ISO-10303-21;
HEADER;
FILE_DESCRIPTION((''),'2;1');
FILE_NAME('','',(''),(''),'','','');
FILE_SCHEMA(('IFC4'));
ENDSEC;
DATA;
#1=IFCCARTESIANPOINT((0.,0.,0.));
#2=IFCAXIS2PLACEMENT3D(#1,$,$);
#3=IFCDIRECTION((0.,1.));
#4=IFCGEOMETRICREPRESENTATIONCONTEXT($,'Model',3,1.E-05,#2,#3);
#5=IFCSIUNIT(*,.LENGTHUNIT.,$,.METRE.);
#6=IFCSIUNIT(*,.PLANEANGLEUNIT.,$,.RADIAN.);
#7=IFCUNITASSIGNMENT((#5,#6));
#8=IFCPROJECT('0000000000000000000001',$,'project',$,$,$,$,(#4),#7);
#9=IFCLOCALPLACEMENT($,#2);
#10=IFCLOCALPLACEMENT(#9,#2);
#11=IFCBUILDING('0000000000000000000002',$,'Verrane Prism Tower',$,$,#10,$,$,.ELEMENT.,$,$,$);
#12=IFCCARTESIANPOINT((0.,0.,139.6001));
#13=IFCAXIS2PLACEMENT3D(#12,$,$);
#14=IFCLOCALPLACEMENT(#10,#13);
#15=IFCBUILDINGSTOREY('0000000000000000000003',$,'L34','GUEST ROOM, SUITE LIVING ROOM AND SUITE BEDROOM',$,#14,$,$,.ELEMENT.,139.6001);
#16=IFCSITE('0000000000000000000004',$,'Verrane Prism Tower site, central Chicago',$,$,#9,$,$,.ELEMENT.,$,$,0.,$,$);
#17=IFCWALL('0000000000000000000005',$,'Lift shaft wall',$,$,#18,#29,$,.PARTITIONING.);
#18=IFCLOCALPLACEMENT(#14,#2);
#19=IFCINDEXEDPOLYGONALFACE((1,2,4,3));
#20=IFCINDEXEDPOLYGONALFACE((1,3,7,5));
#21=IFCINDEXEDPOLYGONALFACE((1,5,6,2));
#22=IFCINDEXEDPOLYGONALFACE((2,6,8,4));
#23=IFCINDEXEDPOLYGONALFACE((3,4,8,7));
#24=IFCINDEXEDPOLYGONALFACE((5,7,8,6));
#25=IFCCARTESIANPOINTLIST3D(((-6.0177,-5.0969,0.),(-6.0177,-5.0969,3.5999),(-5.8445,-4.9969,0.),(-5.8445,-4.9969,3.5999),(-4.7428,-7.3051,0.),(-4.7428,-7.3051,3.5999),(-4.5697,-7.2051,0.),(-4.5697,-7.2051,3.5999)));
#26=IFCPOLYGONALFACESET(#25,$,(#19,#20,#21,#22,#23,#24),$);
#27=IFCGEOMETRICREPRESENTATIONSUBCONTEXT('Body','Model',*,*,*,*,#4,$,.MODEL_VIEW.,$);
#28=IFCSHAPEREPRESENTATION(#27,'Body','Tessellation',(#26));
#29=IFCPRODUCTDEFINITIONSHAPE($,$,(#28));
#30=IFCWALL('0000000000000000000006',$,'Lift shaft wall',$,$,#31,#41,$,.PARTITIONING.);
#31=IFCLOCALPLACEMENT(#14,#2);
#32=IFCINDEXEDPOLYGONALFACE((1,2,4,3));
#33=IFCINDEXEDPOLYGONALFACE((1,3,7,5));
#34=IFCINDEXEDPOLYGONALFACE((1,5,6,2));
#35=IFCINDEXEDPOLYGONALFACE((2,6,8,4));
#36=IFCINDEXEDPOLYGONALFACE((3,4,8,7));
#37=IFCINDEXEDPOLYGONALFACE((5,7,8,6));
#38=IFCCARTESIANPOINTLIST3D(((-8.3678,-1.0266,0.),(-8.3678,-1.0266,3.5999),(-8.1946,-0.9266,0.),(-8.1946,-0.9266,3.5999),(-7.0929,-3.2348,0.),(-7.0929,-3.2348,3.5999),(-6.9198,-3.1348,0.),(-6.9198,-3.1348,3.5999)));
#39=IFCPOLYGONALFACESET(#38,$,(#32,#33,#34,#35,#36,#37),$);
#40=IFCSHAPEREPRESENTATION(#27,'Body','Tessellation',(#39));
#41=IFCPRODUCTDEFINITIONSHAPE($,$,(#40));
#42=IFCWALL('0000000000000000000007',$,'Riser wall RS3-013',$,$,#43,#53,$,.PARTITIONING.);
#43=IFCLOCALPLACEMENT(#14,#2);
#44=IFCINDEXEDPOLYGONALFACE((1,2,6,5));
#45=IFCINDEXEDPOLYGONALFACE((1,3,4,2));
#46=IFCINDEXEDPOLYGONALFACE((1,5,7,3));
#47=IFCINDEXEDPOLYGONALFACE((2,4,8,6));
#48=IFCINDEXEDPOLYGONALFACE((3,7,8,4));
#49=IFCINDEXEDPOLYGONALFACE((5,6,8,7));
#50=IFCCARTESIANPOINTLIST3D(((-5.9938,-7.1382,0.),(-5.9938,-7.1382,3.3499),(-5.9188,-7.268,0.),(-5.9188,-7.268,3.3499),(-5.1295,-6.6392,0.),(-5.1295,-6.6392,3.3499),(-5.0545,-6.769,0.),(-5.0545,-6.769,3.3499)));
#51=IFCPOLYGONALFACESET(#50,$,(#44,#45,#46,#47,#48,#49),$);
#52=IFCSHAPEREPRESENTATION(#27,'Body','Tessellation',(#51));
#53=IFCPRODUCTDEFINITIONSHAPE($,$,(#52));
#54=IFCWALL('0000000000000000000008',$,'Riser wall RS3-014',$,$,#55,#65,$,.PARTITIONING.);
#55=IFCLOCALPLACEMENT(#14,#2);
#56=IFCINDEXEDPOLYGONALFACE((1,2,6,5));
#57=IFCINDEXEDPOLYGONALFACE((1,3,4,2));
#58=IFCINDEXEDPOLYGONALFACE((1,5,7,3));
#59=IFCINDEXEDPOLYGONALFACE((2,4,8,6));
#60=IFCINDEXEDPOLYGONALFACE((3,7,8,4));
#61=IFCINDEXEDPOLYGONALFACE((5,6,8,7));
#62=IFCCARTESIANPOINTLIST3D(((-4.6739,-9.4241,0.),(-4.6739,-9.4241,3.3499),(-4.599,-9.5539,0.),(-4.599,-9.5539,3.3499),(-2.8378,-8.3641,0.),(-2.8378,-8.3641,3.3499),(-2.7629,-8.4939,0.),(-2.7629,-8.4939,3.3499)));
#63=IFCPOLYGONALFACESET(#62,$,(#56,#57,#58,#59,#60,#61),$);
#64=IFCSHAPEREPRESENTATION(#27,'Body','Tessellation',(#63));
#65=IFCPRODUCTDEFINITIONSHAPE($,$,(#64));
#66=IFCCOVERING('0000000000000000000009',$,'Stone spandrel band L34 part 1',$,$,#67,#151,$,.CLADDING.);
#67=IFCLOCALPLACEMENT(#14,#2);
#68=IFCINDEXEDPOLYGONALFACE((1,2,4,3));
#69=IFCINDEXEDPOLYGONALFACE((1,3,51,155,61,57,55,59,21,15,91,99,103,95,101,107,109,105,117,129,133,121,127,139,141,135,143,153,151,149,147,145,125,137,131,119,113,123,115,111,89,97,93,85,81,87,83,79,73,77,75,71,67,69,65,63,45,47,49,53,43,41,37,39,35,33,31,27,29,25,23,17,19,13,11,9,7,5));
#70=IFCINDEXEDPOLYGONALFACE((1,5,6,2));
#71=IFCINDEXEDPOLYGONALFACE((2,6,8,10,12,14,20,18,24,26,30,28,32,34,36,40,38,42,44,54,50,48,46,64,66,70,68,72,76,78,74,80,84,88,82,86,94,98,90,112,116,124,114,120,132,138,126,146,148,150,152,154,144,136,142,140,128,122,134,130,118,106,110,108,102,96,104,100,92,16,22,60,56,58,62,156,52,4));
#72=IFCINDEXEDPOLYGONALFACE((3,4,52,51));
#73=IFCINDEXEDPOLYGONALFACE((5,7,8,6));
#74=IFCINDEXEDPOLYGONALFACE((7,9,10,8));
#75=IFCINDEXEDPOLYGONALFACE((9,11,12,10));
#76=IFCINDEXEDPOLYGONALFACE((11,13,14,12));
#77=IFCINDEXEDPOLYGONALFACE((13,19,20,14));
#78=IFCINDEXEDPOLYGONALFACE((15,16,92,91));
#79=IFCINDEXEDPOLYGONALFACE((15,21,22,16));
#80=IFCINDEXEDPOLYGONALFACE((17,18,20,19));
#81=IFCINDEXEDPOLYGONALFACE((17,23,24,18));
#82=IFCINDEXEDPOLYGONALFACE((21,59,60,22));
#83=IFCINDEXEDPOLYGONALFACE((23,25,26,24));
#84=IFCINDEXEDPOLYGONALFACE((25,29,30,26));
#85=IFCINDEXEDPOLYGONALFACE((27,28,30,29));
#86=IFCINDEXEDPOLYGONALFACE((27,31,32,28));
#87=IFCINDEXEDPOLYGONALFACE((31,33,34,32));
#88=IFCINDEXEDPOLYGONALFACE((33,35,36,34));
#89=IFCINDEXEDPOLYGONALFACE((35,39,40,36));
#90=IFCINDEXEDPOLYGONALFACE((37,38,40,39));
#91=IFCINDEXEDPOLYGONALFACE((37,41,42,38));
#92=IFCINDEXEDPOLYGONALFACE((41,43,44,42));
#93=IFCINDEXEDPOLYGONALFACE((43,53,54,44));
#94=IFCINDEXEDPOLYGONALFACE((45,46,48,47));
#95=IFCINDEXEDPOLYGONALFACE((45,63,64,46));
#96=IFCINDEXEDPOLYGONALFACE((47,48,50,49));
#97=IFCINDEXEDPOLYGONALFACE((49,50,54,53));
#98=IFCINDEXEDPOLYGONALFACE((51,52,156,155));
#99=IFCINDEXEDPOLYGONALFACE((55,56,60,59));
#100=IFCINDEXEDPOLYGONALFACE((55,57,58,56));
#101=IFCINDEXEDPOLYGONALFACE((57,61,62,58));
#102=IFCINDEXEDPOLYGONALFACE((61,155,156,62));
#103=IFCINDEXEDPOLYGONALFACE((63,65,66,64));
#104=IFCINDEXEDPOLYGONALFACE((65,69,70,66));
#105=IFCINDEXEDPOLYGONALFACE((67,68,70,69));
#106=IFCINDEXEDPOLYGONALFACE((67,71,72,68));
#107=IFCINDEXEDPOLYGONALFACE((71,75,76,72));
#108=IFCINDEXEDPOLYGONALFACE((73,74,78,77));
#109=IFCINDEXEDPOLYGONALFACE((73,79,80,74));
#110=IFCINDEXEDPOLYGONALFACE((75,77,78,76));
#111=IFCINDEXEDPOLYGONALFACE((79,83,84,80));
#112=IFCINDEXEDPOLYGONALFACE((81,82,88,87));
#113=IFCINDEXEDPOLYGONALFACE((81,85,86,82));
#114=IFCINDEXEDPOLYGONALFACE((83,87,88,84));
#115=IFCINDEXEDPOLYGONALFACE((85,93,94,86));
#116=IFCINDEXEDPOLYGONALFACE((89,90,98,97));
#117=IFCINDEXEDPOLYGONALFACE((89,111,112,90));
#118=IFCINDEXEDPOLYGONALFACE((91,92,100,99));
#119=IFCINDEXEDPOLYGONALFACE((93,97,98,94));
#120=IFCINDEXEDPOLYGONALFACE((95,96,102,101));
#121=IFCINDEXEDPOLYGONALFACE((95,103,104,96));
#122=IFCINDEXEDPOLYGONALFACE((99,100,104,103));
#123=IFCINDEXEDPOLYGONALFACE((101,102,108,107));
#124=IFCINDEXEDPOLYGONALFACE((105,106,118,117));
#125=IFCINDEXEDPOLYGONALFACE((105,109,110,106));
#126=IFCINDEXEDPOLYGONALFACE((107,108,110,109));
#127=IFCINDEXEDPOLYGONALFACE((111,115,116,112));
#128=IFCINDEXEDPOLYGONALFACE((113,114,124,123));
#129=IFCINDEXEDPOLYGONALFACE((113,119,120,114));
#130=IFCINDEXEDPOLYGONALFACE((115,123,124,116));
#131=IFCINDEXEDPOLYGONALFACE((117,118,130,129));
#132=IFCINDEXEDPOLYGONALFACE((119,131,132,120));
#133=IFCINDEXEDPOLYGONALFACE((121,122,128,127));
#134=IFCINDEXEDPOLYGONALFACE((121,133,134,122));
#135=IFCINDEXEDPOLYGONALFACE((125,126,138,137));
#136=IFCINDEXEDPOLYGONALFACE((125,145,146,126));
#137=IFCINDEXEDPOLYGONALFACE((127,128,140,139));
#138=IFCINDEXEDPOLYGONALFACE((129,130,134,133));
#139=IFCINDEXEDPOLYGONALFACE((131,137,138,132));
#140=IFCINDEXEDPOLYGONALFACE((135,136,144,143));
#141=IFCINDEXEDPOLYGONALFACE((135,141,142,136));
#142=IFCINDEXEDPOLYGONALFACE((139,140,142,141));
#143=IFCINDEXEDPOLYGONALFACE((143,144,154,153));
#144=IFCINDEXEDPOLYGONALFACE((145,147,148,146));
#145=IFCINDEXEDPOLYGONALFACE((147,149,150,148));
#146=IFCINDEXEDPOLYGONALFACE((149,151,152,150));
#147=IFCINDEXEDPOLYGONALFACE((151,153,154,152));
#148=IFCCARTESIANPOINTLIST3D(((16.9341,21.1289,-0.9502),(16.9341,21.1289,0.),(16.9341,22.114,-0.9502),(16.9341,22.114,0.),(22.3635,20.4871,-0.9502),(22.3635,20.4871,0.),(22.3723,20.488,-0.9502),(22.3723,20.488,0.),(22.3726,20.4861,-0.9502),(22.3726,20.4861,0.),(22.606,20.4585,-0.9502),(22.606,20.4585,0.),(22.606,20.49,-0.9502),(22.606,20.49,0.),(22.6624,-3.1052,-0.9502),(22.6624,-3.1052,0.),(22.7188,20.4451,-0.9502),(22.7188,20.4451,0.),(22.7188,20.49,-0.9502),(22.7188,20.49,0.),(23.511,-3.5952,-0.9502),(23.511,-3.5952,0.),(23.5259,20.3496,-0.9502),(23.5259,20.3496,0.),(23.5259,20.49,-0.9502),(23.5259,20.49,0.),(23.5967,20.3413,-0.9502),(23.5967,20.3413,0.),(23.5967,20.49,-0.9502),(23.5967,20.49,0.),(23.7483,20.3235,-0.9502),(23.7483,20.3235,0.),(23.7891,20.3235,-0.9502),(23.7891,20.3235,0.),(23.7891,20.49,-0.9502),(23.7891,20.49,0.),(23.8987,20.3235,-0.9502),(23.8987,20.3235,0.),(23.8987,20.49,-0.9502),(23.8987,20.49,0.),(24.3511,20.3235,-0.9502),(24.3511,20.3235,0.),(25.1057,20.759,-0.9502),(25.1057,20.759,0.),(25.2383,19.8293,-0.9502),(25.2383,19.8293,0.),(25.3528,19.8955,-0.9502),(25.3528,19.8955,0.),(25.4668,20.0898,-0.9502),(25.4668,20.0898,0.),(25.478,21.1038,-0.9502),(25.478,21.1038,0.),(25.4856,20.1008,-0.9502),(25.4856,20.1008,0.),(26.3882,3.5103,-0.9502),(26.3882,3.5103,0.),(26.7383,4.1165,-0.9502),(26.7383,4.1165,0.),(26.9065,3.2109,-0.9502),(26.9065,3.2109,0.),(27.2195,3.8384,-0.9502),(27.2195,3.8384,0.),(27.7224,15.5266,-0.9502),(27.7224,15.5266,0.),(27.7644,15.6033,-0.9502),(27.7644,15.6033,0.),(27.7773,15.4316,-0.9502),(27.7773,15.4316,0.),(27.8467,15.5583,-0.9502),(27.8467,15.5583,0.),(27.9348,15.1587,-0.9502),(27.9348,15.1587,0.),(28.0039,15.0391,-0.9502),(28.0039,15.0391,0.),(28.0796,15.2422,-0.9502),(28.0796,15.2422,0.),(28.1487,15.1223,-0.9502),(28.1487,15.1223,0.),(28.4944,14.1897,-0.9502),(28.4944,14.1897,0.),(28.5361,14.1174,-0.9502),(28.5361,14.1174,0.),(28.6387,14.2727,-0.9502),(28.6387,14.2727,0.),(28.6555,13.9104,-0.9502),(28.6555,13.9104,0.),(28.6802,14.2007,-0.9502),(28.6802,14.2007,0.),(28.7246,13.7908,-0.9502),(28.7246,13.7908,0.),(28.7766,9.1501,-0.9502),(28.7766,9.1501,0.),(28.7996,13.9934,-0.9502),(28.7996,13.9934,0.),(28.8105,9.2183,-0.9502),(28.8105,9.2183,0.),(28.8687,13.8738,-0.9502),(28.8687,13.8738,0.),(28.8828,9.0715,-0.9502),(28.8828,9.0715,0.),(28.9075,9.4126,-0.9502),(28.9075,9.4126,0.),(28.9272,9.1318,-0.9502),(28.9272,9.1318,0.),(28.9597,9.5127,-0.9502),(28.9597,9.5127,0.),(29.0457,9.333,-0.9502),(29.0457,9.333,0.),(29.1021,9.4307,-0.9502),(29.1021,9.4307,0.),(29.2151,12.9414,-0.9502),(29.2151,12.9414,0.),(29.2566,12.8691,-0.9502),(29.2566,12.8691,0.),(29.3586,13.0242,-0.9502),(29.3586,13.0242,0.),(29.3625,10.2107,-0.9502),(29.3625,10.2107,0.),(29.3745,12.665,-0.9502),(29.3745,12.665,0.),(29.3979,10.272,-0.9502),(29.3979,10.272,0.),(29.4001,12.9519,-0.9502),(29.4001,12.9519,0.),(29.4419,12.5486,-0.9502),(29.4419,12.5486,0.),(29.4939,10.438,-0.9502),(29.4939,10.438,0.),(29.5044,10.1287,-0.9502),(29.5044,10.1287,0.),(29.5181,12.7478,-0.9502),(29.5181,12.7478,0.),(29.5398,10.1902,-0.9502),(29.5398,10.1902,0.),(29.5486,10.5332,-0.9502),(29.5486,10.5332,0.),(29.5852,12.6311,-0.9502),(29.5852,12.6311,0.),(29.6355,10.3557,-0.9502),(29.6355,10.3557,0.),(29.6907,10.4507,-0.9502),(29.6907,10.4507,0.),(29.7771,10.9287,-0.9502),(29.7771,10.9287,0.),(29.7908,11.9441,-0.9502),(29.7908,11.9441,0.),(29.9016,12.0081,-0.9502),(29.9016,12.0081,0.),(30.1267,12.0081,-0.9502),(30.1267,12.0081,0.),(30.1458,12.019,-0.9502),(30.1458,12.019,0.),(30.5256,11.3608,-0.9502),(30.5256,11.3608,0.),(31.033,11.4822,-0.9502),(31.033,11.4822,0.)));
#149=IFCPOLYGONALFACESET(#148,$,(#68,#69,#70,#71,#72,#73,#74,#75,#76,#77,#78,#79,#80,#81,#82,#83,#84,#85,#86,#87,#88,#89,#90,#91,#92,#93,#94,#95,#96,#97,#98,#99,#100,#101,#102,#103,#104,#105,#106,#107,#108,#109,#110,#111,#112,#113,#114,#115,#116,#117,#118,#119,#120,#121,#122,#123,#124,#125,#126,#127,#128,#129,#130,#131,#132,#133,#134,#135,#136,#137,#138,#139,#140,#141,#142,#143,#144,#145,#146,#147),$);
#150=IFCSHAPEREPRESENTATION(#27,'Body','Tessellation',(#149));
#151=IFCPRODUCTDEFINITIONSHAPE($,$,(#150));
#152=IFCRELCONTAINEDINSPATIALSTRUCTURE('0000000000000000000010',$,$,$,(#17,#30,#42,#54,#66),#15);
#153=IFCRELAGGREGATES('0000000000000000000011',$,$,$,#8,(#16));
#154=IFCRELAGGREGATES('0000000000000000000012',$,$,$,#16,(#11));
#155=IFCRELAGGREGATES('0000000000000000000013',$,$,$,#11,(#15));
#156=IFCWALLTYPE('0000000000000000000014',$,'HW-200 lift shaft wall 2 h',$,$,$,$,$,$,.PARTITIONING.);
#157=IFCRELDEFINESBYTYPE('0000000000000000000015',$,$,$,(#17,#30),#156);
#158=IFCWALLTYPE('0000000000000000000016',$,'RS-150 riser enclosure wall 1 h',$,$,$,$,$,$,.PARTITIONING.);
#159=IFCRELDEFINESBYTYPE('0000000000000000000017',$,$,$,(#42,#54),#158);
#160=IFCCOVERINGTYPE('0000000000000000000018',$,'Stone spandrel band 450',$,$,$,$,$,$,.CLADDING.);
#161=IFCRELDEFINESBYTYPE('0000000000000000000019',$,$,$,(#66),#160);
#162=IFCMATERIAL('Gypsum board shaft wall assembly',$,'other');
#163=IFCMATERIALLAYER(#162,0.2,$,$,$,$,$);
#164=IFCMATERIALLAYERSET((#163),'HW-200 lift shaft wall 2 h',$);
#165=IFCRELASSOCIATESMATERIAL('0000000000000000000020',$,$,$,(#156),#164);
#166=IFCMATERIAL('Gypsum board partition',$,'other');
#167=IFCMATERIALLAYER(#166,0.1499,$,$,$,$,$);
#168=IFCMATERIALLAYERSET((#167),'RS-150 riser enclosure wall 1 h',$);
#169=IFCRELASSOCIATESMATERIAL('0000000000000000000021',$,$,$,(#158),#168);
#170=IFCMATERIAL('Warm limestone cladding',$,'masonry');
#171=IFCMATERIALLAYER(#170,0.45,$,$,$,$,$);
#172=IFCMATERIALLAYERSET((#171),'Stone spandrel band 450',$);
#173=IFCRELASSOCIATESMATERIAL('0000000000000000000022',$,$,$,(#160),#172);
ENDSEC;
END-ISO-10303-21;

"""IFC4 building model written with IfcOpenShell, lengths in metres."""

from ifc_helpers import new_model, si_unit, direction, frame, frame_2d, origin, place, context, subcontext, project, spatial, polyline, rectangle, outline, extrude, material, layer, layer_set, type_object, element, save


model = new_model("IFC4")

# Units and contexts
model_context = context("Model", 3, precision=1e-05, world=origin(), true_north=direction((0.0, 1.0)))
body_context = subcontext(model_context, "Body", "Model", "MODEL_VIEW")
ifc_project = project(units=[si_unit("LENGTHUNIT", "METRE"), si_unit("PLANEANGLEUNIT", "RADIAN")], contexts=[model_context])

# Site, building, storey
site_placement = place(None, origin())
site = spatial("IfcSite", under=ifc_project, at=site_placement, Name="Verrane Prism Tower site, central Chicago", CompositionType="ELEMENT", RefElevation=0.0)
building_placement = place(site_placement, origin())
building = spatial("IfcBuilding", under=site, at=building_placement, Name="Verrane Prism Tower", CompositionType="ELEMENT")
storey_placement = place(building_placement, frame((0.0, 0.0, 139.6001)))
storey = spatial("IfcBuildingStorey", under=building, at=storey_placement, Name="L34", Description="GUEST ROOM, SUITE LIVING ROOM AND SUITE BEDROOM", CompositionType="ELEMENT", Elevation=139.6001)

# Shared definitions
ifc_material_1 = material(Name="Gypsum board shaft wall assembly", Category="other")
ifc_layer_1 = layer(ifc_material_1, 0.2)
ifc_layer_set_1 = layer_set([ifc_layer_1], Name="HW-200 lift shaft wall 2 h")
wall_type_1 = type_object("IfcWallType", Name="HW-200 lift shaft wall 2 h", PredefinedType="PARTITIONING", material=ifc_layer_set_1)

# Walls
for number, where, z_axis, x_axis, name in (
    (1, (-4.6562, -7.2551, 0.0), (0.0, 0.0, 1.0), (-0.49999, 0.866031, 0.0), "Lift shaft wall"),
    (2, (-7.0063, -3.1848, 0.0), (0.0, 0.0, 1.0), (-0.49999, 0.866031, 0.0), "Lift shaft wall"),
):
    element("IfcWall", number, at=place(storey_placement, frame(where, z_axis=z_axis, x_axis=x_axis)), inside=storey, type_object=wall_type_1, Name=name, PredefinedType="PARTITIONING", context=body_context, shape_type="SweptSolid", body=[
        extrude(rectangle(XDim=2.5498, YDim=0.2, at=frame_2d((1.2749, 0.0))), origin(), (0.0, 0.0, 1.0), 3.5999),
    ])
ifc_material_2 = material(Name="Gypsum board partition", Category="other")
ifc_layer_2 = layer(ifc_material_2, 0.1499)
ifc_layer_set_2 = layer_set([ifc_layer_2], Name="RS-150 riser enclosure wall 1 h")
wall_type_2 = type_object("IfcWallType", Name="RS-150 riser enclosure wall 1 h", PredefinedType="PARTITIONING", material=ifc_layer_set_2)
wall_1_placement = place(storey_placement, frame((-5.9563, -7.2031, 0.0), z_axis=(0.0, 0.0, 1.0), x_axis=(0.866006, 0.500033, 0.0)))
element("IfcWall", 3, at=wall_1_placement, inside=storey, type_object=wall_type_2, Name="Riser wall RS3-013", PredefinedType="PARTITIONING", context=body_context, shape_type="SweptSolid", body=[
    extrude(rectangle(XDim=0.998, YDim=0.1499, at=frame_2d((0.499, 0.0))), origin(), (0.0, 0.0, 1.0), 3.3499),
])
wall_2_placement = place(storey_placement, frame((-4.6365, -9.489, 0.0), z_axis=(0.0, 0.0, 1.0), x_axis=(0.866038, 0.499978, 0.0)))
element("IfcWall", 4, at=wall_2_placement, inside=storey, type_object=wall_type_2, Name="Riser wall RS3-014", PredefinedType="PARTITIONING", context=body_context, shape_type="SweptSolid", body=[
    extrude(rectangle(XDim=2.1201, YDim=0.1499, at=frame_2d((1.0601, 0.0))), origin(), (0.0, 0.0, 1.0), 3.3499),
])

# Covering
ifc_material_3 = material(Name="Warm limestone cladding", Category="masonry")
ifc_layer_3 = layer(ifc_material_3, 0.45)
ifc_layer_set_3 = layer_set([ifc_layer_3], Name="Stone spandrel band 450")
covering_type = type_object("IfcCoveringType", Name="Stone spandrel band 450", PredefinedType="CLADDING", material=ifc_layer_set_3)
covering_1_placement = place(storey_placement, frame((0.0, 0.0, -0.9502)))
element("IfcCovering", 5, at=covering_1_placement, inside=storey, type_object=covering_type, Name="Stone spandrel band L34 part 1", PredefinedType="CLADDING", context=body_context, shape_type="SweptSolid", body=[
    extrude(outline(polyline([(22.3726, 20.4861), (22.606, 20.4585), (22.606, 20.49), (22.7188, 20.49), (22.7188, 20.4451), (23.5259, 20.3496), (23.5259, 20.49), (23.5967, 20.49), (23.5967, 20.3413), (23.7483, 20.3235), (23.7891, 20.3235), (23.7891, 20.49), (23.8987, 20.49), (23.8987, 20.3235), (24.3511, 20.3235), (25.1057, 20.759), (25.4856, 20.1008), (25.4668, 20.0898), (25.3528, 19.8955), (25.2383, 19.8293), (27.7224, 15.5266), (27.7644, 15.6033), (27.8467, 15.5583), (27.7773, 15.4316), (27.9348, 15.1587), (28.0796, 15.2422), (28.1487, 15.1223), (28.0039, 15.0391), (28.4944, 14.1897), (28.6387, 14.2727), (28.6802, 14.2007), (28.5361, 14.1174), (28.6555, 13.9104), (28.7996, 13.9934), (28.8687, 13.8738), (28.7246, 13.7908), (29.2151, 12.9414), (29.3586, 13.0242), (29.4001, 12.9519), (29.2566, 12.8691), (29.3745, 12.665), (29.5181, 12.7478), (29.5852, 12.6311), (29.4419, 12.5486), (29.7908, 11.9441), (29.9016, 12.0081), (30.1267, 12.0081), (30.1458, 12.019), (30.5256, 11.3608), (29.7771, 10.9287), (29.5486, 10.5332), (29.6907, 10.4507), (29.6355, 10.3557), (29.4939, 10.438), (29.3979, 10.272), (29.5398, 10.1902), (29.5044, 10.1287), (29.3625, 10.2107), (28.9597, 9.5127), (29.1021, 9.4307), (29.0457, 9.333), (28.9075, 9.4126), (28.8105, 9.2183), (28.9272, 9.1318), (28.8828, 9.0715), (28.7766, 9.1501), (22.6624, -3.1052), (23.511, -3.5952), (26.9065, 3.2109), (26.3882, 3.5103), (26.7383, 4.1165), (27.2195, 3.8384), (31.033, 11.4822), (25.478, 21.1038), (16.9341, 22.114), (16.9341, 21.1289), (22.3635, 20.4871), (22.3723, 20.488), (22.3726, 20.4861)])), origin(), (0.0, 0.0, 1.0), 0.9502),
])

save(model, "model.ifc")
